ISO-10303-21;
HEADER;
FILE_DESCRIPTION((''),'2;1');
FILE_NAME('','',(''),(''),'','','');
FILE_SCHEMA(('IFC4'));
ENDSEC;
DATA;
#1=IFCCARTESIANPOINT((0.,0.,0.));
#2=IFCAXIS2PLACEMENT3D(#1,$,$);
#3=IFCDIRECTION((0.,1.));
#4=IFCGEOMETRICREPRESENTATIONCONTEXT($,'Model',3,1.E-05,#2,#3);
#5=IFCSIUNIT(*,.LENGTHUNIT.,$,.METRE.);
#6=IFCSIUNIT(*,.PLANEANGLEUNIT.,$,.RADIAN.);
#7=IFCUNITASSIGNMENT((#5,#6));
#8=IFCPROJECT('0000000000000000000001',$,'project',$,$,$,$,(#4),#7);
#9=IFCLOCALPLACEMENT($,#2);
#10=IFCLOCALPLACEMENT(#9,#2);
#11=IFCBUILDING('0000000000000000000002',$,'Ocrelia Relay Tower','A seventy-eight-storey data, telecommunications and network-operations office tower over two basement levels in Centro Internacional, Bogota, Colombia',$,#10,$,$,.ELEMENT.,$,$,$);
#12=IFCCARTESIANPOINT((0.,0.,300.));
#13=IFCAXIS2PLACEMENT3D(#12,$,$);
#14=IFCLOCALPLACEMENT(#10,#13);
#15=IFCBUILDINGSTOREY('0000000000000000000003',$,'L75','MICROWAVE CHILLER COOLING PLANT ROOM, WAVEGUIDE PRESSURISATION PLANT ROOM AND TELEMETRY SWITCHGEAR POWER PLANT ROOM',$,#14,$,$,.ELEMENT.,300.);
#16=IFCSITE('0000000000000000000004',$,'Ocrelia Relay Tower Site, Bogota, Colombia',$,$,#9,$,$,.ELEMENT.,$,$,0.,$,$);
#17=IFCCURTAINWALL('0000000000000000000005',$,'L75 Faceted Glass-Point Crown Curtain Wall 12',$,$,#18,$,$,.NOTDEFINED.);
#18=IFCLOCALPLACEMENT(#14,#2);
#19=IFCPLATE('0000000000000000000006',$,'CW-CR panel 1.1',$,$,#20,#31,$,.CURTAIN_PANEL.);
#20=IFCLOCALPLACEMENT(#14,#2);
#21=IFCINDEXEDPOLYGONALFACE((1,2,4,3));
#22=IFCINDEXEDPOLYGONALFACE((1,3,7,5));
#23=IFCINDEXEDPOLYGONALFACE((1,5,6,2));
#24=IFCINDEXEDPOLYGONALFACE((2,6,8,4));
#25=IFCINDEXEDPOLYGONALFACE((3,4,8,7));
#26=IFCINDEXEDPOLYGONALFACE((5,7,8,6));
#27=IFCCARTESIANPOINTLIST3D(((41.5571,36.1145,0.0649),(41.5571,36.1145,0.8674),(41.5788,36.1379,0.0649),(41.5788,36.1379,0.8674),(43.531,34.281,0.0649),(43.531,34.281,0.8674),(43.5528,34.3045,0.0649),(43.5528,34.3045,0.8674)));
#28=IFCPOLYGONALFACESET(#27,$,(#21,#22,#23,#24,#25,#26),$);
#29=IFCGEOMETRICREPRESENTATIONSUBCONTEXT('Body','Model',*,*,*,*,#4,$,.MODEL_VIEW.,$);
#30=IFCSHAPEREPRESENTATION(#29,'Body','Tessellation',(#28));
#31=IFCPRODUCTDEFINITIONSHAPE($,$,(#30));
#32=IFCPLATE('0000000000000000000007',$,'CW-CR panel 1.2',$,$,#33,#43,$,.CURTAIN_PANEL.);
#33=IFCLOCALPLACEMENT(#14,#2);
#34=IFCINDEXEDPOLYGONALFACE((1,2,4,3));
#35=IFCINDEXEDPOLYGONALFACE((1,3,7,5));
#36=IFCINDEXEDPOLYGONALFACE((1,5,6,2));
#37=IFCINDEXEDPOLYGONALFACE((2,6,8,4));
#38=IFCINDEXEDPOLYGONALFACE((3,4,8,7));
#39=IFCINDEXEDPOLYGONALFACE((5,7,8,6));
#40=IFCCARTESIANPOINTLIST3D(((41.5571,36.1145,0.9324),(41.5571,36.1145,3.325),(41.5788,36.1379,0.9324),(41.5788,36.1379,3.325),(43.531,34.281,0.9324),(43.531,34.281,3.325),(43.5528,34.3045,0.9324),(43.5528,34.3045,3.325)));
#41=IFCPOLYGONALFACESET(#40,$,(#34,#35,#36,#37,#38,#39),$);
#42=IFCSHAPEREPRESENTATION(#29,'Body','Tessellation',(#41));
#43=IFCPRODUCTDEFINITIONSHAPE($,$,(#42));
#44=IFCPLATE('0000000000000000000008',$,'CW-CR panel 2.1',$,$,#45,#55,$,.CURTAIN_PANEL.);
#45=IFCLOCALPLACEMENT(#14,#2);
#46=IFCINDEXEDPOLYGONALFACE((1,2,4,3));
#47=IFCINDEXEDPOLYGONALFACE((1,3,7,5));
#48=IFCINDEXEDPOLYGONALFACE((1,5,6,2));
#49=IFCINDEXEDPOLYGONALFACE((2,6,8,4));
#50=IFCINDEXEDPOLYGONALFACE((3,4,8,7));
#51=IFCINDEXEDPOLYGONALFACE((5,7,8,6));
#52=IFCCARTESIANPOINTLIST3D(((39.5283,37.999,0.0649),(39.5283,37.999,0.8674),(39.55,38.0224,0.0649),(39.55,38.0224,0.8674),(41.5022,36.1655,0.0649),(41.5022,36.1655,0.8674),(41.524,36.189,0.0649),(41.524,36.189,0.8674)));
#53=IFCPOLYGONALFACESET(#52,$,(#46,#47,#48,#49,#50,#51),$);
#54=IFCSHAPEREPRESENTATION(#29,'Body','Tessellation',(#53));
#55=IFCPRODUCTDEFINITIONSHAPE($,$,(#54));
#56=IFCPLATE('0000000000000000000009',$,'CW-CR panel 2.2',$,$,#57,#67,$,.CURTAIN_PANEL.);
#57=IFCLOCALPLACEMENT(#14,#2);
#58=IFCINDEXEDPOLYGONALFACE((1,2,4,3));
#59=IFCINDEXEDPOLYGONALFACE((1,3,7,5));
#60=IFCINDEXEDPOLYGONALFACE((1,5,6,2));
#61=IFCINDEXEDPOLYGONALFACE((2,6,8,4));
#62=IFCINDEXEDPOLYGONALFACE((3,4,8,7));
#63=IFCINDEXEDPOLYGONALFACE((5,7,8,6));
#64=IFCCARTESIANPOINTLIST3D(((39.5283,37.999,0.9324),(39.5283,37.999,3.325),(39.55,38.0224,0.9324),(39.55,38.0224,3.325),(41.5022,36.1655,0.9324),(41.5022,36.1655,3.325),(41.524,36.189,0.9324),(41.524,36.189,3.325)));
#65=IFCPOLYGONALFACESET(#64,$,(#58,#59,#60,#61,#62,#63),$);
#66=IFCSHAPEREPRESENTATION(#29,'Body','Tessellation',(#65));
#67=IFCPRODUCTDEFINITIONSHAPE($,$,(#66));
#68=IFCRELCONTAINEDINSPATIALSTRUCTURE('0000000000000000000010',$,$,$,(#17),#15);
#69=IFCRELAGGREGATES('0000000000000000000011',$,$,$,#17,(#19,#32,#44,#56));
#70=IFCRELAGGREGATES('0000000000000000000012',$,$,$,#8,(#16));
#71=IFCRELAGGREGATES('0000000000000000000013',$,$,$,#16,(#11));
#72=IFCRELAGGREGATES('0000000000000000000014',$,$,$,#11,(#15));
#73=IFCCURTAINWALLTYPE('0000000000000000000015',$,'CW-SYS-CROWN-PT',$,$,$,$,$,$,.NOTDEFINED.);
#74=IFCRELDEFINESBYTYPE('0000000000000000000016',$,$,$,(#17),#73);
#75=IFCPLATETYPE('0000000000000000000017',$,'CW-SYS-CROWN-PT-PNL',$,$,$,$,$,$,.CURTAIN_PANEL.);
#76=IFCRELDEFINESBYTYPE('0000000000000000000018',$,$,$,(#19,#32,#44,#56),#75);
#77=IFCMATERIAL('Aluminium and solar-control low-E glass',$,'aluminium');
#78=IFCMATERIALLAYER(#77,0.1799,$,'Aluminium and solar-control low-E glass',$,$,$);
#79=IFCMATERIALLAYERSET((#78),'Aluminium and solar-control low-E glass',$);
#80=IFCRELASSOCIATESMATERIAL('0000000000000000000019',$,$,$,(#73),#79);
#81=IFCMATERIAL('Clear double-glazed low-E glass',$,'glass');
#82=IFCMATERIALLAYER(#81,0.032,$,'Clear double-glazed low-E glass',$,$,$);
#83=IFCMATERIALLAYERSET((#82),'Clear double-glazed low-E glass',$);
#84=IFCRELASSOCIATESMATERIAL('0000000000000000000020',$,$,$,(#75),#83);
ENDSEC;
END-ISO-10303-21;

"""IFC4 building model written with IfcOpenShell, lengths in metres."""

from ifc_helpers import new_model, si_unit, direction, frame, origin, origin_2d, place, context, subcontext, project, spatial, rectangle, extrude, material, layer, layer_set, type_object, element, aggregate, save


model = new_model("IFC4")

# Units and contexts
model_context = context("Model", 3, precision=1e-05, world=origin(), true_north=direction((0.0, 1.0)))
body_context = subcontext(model_context, "Body", "Model", "MODEL_VIEW")
ifc_project = project(units=[si_unit("LENGTHUNIT", "METRE"), si_unit("PLANEANGLEUNIT", "RADIAN")], contexts=[model_context])

# Site, building, storey
site_placement = place(None, origin())
site = spatial("IfcSite", under=ifc_project, at=site_placement, Name="Ocrelia Relay Tower Site, Bogota, Colombia", CompositionType="ELEMENT", RefElevation=0.0)
building_placement = place(site_placement, origin())
building = spatial("IfcBuilding", under=site, at=building_placement, Name="Ocrelia Relay Tower", Description="A seventy-eight-storey data, telecommunications and network-operations office tower over two basement levels in Centro Internacional, Bogota, Colombia", CompositionType="ELEMENT")
storey_placement = place(building_placement, frame((0.0, 0.0, 300.0)))
storey = spatial("IfcBuildingStorey", under=building, at=storey_placement, Name="L75", Description="MICROWAVE CHILLER COOLING PLANT ROOM, WAVEGUIDE PRESSURISATION PLANT ROOM AND TELEMETRY SWITCHGEAR POWER PLANT ROOM", CompositionType="ELEMENT", Elevation=300.0)

# Shared definitions
ifc_material_1 = material(Name="Aluminium and solar-control low-E glass", Category="aluminium")
ifc_layer_1 = layer(ifc_material_1, 0.1799, Name="Aluminium and solar-control low-E glass")
ifc_layer_set_1 = layer_set([ifc_layer_1], Name="Aluminium and solar-control low-E glass")
curtain_wall_type = type_object("IfcCurtainWallType", Name="CW-SYS-CROWN-PT", PredefinedType="NOTDEFINED", material=ifc_layer_set_1)

# Curtain wall
curtain_wall_1_placement = place(storey_placement, origin())
curtain_wall_1 = element("IfcCurtainWall", 1, at=curtain_wall_1_placement, inside=storey, type_object=curtain_wall_type, Name="L75 Faceted Glass-Point Crown Curtain Wall 12", PredefinedType="NOTDEFINED")

# Plates
ifc_material_2 = material(Name="Clear double-glazed low-E glass", Category="glass")
ifc_layer_2 = layer(ifc_material_2, 0.032, Name="Clear double-glazed low-E glass")
ifc_layer_set_2 = layer_set([ifc_layer_2], Name="Clear double-glazed low-E glass")
plate_type = type_object("IfcPlateType", Name="CW-SYS-CROWN-PT-PNL", PredefinedType="CURTAIN_PANEL", material=ifc_layer_set_2)
plate_1_placement = place(storey_placement, frame((42.5549, 35.2095, 0.0649), z_axis=(0.0, 0.0, 1.0), x_axis=(-0.732699, 0.680553, 0.0)))
plate_1 = element("IfcPlate", 2, at=plate_1_placement, type_object=plate_type, Name="CW-CR panel 1.1", PredefinedType="CURTAIN_PANEL", context=body_context, shape_type="SweptSolid", body=[
    extrude(rectangle(XDim=2.6941, YDim=0.032, at=origin_2d()), origin(), (0.0, 0.0, 1.0), 0.8025),
])
plate_2_placement = place(storey_placement, frame((42.5549, 35.2095, 0.9324), z_axis=(0.0, 0.0, 1.0), x_axis=(-0.732699, 0.680553, 0.0)))
plate_2 = element("IfcPlate", 3, at=plate_2_placement, type_object=plate_type, Name="CW-CR panel 1.2", PredefinedType="CURTAIN_PANEL", context=body_context, shape_type="SweptSolid", body=[
    extrude(rectangle(XDim=2.6941, YDim=0.032, at=origin_2d()), origin(), (0.0, 0.0, 1.0), 2.3926),
])
plate_3_placement = place(storey_placement, frame((40.5261, 37.094, 0.0649), z_axis=(0.0, 0.0, 1.0), x_axis=(-0.732699, 0.680553, 0.0)))
plate_3 = element("IfcPlate", 4, at=plate_3_placement, type_object=plate_type, Name="CW-CR panel 2.1", PredefinedType="CURTAIN_PANEL", context=body_context, shape_type="SweptSolid", body=[
    extrude(rectangle(XDim=2.6941, YDim=0.032, at=origin_2d()), origin(), (0.0, 0.0, 1.0), 0.8025),
])
plate_4_placement = place(storey_placement, frame((40.5261, 37.094, 0.9324), z_axis=(0.0, 0.0, 1.0), x_axis=(-0.732699, 0.680553, 0.0)))
plate_4 = element("IfcPlate", 5, at=plate_4_placement, type_object=plate_type, Name="CW-CR panel 2.2", PredefinedType="CURTAIN_PANEL", context=body_context, shape_type="SweptSolid", body=[
    extrude(rectangle(XDim=2.6941, YDim=0.032, at=origin_2d()), origin(), (0.0, 0.0, 1.0), 2.3926),
])
aggregate(curtain_wall_1, [plate_1, plate_2, plate_3, plate_4])

save(model, "model.ifc")
